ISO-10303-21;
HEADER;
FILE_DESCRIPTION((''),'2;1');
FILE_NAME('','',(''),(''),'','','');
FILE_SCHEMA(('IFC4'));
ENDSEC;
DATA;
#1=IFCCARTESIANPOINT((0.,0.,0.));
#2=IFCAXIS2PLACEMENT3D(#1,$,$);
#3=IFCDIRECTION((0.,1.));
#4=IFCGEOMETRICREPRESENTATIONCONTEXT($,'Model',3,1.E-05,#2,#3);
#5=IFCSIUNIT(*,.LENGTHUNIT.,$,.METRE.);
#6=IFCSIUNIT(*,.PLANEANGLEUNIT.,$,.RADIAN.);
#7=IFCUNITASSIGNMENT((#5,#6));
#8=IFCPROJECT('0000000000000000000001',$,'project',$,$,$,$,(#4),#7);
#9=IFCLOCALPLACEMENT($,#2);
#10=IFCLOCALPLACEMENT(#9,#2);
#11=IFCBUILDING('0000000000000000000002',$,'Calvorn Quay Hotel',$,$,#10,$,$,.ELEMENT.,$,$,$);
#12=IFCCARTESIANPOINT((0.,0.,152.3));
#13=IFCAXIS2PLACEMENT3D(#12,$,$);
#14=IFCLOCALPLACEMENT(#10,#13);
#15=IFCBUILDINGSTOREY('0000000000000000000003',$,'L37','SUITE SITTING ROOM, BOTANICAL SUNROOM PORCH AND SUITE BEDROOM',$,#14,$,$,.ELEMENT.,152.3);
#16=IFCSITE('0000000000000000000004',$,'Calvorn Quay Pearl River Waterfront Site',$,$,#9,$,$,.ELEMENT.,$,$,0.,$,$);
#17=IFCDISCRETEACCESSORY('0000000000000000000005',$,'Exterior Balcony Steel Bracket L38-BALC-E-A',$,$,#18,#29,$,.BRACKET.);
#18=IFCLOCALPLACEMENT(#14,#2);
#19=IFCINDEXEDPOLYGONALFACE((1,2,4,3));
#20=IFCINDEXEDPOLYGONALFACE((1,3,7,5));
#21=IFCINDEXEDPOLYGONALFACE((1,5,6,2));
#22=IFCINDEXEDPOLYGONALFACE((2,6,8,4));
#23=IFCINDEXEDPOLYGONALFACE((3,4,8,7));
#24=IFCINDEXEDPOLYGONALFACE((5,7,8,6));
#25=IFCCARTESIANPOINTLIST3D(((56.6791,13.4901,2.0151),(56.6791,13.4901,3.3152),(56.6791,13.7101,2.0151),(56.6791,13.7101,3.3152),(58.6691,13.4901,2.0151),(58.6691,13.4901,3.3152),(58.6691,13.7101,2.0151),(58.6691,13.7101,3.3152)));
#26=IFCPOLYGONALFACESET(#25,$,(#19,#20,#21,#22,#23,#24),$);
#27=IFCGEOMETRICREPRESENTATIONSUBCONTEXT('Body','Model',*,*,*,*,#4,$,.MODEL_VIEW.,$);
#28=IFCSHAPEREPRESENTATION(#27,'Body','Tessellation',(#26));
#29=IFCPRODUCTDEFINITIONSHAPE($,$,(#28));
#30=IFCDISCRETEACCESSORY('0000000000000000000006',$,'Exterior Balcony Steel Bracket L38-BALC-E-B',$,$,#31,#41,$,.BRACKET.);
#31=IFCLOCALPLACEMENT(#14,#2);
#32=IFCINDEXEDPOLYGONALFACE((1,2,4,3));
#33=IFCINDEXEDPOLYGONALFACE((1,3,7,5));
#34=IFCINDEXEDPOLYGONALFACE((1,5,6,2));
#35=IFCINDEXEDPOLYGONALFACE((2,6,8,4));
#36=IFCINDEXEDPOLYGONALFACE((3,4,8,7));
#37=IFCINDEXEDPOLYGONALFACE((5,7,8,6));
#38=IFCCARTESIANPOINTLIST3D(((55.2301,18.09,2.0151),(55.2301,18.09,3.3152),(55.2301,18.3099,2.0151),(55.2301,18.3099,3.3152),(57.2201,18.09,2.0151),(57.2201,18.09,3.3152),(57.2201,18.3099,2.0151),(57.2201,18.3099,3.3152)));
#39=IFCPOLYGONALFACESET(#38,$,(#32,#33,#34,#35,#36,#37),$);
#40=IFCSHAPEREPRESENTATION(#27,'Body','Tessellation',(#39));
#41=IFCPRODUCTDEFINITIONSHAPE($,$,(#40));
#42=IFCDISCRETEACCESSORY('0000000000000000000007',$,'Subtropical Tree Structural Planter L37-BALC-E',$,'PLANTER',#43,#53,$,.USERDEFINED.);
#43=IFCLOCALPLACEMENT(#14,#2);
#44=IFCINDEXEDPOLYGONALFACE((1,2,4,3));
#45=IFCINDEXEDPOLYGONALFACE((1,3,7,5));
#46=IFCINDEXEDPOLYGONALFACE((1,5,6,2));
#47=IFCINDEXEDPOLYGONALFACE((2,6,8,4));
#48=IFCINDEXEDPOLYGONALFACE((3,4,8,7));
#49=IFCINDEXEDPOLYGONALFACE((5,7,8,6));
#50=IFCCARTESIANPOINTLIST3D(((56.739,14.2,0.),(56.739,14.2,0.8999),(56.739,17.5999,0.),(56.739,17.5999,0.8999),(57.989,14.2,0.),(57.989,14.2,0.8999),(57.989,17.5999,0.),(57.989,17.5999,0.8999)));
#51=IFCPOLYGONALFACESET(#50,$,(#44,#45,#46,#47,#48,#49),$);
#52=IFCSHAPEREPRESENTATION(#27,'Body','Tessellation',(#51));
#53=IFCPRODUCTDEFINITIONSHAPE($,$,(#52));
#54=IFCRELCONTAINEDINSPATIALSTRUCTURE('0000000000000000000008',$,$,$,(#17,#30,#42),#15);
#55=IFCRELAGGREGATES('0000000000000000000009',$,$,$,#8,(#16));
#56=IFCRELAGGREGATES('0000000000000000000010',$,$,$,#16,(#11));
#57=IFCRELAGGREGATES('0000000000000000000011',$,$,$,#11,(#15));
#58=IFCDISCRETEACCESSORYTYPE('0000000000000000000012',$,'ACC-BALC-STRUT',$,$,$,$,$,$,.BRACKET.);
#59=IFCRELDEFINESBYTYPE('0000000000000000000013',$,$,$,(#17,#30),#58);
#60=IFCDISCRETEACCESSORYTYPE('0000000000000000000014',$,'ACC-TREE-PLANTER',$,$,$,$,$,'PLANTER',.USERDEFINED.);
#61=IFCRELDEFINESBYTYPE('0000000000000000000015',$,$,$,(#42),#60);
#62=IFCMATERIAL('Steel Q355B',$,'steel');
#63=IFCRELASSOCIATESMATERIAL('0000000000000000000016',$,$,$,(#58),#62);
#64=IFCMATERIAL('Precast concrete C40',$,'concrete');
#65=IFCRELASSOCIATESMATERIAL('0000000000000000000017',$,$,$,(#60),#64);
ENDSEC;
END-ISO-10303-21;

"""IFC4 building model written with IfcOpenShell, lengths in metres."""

from ifc_helpers import new_model, si_unit, direction, frame, origin, origin_2d, place, context, subcontext, project, spatial, rectangle, extrude, material, type_object, element, save


model = new_model("IFC4")

# Units and contexts
model_context = context("Model", 3, precision=1e-05, world=origin(), true_north=direction((0.0, 1.0)))
body_context = subcontext(model_context, "Body", "Model", "MODEL_VIEW")
ifc_project = project(units=[si_unit("LENGTHUNIT", "METRE"), si_unit("PLANEANGLEUNIT", "RADIAN")], contexts=[model_context])

# Site, building, storey
site_placement = place(None, origin())
site = spatial("IfcSite", under=ifc_project, at=site_placement, Name="Calvorn Quay Pearl River Waterfront Site", CompositionType="ELEMENT", RefElevation=0.0)
building_placement = place(site_placement, origin())
building = spatial("IfcBuilding", under=site, at=building_placement, Name="Calvorn Quay Hotel", CompositionType="ELEMENT")
storey_placement = place(building_placement, frame((0.0, 0.0, 152.3)))
storey = spatial("IfcBuildingStorey", under=building, at=storey_placement, Name="L37", Description="SUITE SITTING ROOM, BOTANICAL SUNROOM PORCH AND SUITE BEDROOM", CompositionType="ELEMENT", Elevation=152.3)

# Discrete accessories
ifc_material_1 = material(Name="Steel Q355B", Category="steel")
discrete_accessory_type_1 = type_object("IfcDiscreteAccessoryType", Name="ACC-BALC-STRUT", PredefinedType="BRACKET", material=ifc_material_1)
for number, where, z_axis, x_axis, name in (
    (1, (57.6741, 13.6001, 2.0151), (0.0, 0.0, 1.0), (1.0, 0.0, 0.0), "Exterior Balcony Steel Bracket L38-BALC-E-A"),
    (2, (56.2251, 18.2, 2.0151), (0.0, 0.0, 1.0), (1.0, 0.0, 0.0), "Exterior Balcony Steel Bracket L38-BALC-E-B"),
):
    element("IfcDiscreteAccessory", number, at=place(storey_placement, frame(where, z_axis=z_axis, x_axis=x_axis)), inside=storey, type_object=discrete_accessory_type_1, Name=name, PredefinedType="BRACKET", context=body_context, shape_type="SweptSolid", body=[
        extrude(rectangle(XDim=1.99, YDim=0.22, at=origin_2d()), origin(), (0.0, 0.0, 1.0), 1.3),
    ])
ifc_material_2 = material(Name="Precast concrete C40", Category="concrete")
discrete_accessory_type_2 = type_object("IfcDiscreteAccessoryType", Name="ACC-TREE-PLANTER", ElementType="PLANTER", PredefinedType="USERDEFINED", material=ifc_material_2)
discrete_accessory_placement = place(storey_placement, frame((57.364, 15.8999, 0.0), z_axis=(0.0, 0.0, 1.0), x_axis=(1.0, 0.0, 0.0)))
element("IfcDiscreteAccessory", 3, at=discrete_accessory_placement, inside=storey, type_object=discrete_accessory_type_2, Name="Subtropical Tree Structural Planter L37-BALC-E", ObjectType="PLANTER", PredefinedType="USERDEFINED", context=body_context, shape_type="SweptSolid", body=[
    extrude(rectangle(XDim=1.25, YDim=3.3999, at=origin_2d()), origin(), (0.0, 0.0, 1.0), 0.8999),
])

save(model, "model.ifc")
